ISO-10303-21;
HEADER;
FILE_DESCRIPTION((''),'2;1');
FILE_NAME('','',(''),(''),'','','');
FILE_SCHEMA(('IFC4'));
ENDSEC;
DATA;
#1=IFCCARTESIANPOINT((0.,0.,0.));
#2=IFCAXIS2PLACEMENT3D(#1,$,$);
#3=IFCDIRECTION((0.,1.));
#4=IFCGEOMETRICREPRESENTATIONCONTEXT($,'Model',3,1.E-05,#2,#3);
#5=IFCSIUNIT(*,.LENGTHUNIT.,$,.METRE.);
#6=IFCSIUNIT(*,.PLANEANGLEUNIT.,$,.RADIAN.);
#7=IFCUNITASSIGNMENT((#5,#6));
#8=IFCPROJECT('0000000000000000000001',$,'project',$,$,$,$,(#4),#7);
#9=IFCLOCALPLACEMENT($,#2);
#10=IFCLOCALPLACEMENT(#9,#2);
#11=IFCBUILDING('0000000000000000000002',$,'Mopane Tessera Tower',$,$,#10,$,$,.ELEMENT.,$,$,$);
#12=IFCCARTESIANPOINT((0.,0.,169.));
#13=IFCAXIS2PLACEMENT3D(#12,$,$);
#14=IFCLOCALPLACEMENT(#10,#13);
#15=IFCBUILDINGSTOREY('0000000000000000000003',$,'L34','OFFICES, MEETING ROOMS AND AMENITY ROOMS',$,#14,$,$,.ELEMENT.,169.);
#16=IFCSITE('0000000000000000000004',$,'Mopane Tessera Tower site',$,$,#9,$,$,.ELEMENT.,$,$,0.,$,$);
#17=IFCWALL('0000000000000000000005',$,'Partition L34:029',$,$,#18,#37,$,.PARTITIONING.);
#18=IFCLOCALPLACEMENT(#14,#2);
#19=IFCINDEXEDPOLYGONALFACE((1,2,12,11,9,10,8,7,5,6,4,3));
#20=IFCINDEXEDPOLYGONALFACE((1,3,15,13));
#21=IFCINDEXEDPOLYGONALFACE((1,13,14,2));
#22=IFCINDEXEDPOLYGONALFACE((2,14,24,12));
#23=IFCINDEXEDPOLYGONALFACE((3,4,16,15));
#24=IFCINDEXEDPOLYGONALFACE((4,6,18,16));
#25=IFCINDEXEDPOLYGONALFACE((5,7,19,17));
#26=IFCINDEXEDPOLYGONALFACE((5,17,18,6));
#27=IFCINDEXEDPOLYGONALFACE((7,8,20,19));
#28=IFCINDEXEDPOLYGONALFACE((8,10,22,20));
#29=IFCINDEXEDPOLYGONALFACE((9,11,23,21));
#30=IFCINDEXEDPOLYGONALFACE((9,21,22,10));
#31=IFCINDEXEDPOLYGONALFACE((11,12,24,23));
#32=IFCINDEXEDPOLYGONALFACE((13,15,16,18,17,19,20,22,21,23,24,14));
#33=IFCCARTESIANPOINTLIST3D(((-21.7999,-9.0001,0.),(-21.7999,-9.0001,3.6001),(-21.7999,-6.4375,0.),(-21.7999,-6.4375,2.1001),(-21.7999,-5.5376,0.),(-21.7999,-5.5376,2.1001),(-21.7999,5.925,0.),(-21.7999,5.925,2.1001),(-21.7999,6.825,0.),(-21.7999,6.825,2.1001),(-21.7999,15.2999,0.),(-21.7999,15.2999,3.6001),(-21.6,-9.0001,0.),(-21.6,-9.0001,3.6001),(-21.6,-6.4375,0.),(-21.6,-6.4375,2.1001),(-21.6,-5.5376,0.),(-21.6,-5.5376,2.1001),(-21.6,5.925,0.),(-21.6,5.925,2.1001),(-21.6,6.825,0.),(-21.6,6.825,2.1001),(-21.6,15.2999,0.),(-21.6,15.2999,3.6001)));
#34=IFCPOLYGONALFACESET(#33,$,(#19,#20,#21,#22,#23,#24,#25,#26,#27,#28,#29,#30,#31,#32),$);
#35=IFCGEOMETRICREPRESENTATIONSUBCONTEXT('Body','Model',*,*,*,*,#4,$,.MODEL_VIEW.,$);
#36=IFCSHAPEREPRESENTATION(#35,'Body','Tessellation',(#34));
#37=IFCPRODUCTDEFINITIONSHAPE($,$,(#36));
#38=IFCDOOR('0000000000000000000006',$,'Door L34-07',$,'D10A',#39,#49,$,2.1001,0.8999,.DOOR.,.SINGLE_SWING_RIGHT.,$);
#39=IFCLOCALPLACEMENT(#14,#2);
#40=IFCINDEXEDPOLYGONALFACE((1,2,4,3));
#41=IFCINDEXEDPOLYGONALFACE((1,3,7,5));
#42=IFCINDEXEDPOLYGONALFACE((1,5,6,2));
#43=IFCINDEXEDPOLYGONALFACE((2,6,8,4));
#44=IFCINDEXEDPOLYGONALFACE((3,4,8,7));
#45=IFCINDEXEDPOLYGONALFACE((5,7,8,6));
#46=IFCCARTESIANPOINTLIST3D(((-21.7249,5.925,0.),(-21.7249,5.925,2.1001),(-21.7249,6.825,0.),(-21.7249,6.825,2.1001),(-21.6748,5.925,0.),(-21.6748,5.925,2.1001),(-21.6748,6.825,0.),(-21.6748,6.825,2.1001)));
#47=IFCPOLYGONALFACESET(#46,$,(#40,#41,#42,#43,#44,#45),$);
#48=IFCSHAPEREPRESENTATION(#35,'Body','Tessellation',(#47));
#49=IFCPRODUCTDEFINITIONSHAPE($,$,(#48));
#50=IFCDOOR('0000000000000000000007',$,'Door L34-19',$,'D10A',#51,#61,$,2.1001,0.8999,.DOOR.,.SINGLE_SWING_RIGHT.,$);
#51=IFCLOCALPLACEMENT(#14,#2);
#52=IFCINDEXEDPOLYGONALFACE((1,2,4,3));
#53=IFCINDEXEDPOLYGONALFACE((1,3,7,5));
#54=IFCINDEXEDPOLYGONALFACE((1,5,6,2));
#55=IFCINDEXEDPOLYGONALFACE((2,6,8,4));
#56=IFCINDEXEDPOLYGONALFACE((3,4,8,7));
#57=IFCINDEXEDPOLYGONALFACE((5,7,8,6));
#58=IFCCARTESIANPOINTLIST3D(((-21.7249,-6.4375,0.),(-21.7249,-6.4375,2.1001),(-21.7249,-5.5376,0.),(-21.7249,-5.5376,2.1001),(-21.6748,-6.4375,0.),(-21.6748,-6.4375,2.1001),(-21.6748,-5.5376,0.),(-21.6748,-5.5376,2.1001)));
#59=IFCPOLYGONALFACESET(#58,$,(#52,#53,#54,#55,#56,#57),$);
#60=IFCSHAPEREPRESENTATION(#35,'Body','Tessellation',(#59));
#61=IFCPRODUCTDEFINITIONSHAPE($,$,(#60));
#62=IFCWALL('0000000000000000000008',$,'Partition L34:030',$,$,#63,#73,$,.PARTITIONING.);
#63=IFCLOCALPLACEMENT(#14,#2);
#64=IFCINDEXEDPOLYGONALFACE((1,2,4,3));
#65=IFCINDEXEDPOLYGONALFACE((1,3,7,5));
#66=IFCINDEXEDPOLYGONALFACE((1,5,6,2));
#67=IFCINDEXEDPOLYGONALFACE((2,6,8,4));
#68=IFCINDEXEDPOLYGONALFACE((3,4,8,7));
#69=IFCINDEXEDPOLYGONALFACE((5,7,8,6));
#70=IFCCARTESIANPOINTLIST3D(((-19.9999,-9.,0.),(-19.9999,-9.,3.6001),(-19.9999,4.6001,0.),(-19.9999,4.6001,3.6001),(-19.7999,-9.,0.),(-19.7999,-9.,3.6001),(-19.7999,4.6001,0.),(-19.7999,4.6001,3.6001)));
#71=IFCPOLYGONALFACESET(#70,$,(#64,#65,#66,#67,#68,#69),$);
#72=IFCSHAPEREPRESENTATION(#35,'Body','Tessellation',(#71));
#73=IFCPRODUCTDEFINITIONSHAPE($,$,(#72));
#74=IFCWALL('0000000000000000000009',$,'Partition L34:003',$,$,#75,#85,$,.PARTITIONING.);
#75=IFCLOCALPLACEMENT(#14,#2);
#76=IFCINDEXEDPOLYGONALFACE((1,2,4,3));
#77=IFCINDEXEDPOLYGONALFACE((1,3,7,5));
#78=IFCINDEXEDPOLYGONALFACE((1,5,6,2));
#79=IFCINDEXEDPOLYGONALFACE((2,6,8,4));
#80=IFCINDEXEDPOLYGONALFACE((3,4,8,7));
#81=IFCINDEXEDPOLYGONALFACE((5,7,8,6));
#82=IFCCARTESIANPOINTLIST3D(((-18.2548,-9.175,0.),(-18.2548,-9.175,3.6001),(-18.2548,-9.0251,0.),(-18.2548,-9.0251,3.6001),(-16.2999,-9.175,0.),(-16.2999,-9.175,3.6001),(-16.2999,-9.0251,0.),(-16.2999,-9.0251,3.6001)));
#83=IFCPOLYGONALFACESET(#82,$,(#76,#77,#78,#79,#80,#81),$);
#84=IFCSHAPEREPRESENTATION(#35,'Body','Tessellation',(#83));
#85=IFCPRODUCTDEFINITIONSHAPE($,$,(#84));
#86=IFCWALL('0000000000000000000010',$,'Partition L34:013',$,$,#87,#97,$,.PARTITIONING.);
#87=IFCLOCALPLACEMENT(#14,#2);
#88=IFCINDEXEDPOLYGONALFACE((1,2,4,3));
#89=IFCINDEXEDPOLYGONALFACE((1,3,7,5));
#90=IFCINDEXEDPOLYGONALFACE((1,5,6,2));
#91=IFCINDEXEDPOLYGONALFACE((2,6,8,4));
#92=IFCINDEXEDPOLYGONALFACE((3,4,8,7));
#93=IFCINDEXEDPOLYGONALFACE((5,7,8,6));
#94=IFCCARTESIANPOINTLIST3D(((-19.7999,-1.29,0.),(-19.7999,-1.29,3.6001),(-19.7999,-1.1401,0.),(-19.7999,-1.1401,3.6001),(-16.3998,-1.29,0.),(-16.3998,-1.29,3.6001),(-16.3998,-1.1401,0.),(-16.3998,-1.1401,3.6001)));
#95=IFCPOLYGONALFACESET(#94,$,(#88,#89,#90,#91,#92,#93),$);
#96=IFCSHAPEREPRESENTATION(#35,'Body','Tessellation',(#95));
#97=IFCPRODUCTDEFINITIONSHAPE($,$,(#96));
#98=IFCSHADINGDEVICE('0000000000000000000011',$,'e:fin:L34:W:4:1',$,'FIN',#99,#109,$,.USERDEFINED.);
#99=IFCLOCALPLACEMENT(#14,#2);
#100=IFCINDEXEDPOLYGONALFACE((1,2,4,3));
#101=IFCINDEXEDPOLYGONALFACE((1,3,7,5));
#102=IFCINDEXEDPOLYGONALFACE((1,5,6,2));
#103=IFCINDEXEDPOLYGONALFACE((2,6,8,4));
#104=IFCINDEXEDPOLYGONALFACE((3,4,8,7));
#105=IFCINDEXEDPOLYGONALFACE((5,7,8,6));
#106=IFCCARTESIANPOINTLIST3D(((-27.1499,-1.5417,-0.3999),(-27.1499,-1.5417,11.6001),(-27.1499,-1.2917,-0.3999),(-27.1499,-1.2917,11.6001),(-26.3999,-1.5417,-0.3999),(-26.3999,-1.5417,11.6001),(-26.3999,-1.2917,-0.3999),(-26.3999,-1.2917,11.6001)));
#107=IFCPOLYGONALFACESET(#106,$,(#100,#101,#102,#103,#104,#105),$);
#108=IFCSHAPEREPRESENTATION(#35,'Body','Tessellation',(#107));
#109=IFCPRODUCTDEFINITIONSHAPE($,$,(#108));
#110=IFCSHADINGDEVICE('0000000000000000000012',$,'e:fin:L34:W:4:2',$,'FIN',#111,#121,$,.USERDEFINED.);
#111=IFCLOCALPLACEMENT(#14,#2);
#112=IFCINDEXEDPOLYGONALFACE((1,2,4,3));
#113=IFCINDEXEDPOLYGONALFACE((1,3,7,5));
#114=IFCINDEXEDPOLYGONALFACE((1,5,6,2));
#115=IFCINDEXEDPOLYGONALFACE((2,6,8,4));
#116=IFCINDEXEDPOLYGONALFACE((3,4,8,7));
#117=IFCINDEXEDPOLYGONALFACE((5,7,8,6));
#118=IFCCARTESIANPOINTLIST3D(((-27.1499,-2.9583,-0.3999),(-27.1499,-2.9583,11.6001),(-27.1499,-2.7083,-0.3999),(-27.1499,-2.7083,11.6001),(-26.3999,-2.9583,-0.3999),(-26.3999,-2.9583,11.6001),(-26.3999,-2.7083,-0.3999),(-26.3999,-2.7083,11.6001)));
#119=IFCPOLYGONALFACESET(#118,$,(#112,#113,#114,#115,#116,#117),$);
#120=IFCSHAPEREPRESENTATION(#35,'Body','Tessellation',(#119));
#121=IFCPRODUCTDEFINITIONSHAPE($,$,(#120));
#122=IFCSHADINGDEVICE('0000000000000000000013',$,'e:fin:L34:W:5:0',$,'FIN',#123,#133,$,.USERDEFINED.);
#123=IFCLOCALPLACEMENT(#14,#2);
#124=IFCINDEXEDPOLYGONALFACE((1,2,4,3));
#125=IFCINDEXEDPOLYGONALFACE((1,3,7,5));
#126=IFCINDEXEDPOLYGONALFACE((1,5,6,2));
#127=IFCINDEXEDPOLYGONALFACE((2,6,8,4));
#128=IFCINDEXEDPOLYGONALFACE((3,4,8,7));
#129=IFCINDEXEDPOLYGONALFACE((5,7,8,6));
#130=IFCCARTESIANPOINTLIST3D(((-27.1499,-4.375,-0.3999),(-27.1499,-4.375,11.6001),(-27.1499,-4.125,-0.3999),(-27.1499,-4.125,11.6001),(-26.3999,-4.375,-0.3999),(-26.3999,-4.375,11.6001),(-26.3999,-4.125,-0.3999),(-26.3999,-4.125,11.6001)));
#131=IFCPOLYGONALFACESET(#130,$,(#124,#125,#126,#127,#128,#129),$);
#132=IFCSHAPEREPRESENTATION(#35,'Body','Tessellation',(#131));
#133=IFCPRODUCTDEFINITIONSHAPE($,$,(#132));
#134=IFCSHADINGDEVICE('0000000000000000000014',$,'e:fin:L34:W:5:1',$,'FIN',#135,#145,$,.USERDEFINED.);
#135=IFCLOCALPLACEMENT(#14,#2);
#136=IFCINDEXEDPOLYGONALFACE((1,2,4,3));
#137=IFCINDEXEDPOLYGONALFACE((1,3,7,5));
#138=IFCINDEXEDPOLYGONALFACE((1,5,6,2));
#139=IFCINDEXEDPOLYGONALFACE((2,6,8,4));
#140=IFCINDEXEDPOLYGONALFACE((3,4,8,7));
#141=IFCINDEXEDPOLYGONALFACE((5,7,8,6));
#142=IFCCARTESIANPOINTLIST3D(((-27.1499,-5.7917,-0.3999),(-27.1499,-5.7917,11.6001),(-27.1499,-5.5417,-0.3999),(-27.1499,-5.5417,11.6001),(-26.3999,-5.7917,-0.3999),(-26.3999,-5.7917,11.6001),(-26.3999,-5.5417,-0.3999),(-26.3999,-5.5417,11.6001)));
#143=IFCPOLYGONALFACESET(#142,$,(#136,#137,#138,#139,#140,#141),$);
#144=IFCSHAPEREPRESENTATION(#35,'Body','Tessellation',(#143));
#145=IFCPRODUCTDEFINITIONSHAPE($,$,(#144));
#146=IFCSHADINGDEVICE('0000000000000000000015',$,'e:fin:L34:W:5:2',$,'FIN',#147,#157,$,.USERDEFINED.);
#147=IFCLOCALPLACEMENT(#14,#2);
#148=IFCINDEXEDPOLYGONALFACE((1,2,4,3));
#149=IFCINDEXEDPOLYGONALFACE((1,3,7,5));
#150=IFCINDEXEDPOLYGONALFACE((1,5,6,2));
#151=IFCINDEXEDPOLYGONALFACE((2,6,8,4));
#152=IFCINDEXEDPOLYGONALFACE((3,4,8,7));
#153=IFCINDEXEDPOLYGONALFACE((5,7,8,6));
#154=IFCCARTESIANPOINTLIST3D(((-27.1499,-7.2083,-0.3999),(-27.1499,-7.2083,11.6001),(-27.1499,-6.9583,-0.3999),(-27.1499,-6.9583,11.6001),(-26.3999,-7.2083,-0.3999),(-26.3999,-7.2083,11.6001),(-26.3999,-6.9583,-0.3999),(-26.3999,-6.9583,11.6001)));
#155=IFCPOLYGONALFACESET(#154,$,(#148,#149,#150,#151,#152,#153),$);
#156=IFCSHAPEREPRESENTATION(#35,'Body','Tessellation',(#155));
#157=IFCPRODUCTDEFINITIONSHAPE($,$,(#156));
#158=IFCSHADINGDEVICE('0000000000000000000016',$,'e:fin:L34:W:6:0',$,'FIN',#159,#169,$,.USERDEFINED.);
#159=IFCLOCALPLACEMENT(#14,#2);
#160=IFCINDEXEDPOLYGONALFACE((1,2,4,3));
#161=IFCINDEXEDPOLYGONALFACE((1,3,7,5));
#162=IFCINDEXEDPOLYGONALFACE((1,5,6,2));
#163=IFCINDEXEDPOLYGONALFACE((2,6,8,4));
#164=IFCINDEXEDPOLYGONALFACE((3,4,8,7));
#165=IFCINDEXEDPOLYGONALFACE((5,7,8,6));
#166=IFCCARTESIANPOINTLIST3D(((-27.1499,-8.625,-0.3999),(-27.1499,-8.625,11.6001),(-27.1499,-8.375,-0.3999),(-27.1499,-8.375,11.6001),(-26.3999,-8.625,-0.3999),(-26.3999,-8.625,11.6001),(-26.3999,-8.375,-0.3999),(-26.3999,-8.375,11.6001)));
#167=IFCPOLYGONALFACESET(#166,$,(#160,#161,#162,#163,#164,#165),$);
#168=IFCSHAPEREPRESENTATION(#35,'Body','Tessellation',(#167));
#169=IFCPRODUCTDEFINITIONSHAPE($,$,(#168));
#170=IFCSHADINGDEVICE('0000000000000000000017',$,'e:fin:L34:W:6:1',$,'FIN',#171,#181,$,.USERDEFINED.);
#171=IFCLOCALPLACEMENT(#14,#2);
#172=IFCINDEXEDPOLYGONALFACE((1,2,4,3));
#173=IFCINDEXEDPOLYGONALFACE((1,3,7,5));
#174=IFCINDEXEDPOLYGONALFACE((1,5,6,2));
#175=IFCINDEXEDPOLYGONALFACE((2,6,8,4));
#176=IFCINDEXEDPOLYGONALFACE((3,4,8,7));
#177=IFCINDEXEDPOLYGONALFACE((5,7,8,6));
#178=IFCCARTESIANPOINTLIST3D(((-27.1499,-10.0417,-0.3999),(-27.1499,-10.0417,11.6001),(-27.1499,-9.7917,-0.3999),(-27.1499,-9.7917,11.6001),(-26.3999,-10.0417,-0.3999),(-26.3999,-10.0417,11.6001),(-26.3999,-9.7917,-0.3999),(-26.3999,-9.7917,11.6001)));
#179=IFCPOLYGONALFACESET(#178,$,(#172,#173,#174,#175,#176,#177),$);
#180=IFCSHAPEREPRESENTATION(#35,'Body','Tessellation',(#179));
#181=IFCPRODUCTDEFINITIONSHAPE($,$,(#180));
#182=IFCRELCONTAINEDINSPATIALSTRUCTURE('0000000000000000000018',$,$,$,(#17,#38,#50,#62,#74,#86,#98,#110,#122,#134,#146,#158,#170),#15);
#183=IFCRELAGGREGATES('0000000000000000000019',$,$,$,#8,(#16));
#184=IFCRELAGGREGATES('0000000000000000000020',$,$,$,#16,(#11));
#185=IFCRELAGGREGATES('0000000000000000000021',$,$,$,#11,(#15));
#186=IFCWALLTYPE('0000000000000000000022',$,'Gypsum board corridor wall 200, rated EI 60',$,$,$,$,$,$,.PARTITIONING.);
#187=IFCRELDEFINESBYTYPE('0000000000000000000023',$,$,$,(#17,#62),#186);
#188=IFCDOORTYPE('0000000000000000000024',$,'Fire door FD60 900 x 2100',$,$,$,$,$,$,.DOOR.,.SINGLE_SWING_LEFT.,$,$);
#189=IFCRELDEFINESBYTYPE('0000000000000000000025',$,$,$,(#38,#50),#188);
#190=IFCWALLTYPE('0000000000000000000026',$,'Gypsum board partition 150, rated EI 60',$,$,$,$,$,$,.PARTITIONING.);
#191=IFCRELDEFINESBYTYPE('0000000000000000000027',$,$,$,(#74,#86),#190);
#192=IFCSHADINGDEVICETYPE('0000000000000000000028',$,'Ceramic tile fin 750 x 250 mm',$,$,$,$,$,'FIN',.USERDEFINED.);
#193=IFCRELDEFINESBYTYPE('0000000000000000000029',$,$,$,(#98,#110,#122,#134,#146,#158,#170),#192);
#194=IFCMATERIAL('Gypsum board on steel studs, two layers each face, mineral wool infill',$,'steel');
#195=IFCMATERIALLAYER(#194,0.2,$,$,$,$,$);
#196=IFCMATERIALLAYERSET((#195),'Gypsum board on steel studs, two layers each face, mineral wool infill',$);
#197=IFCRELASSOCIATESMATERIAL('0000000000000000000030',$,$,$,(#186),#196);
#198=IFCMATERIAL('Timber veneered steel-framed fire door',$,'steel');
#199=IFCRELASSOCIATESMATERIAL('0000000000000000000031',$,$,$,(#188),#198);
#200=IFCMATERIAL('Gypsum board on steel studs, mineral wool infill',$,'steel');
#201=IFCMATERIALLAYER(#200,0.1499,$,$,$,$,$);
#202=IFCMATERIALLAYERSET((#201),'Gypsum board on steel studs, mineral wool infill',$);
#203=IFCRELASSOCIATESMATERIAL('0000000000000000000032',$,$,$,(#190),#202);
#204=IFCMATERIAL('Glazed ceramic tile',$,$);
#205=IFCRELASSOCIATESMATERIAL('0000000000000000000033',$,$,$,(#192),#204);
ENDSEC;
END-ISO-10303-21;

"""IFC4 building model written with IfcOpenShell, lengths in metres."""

from ifc_helpers import new_model, si_unit, direction, frame, frame_2d, origin, origin_2d, place, context, subcontext, project, spatial, rectangle, extrude, material, layer, layer_set, type_object, element, fill, save


model = new_model("IFC4")

# Units and contexts
model_context = context("Model", 3, precision=1e-05, world=origin(), true_north=direction((0.0, 1.0)))
body_context = subcontext(model_context, "Body", "Model", "MODEL_VIEW")
ifc_project = project(units=[si_unit("LENGTHUNIT", "METRE"), si_unit("PLANEANGLEUNIT", "RADIAN")], contexts=[model_context])

# Site, building, storey
site_placement = place(None, origin())
site = spatial("IfcSite", under=ifc_project, at=site_placement, Name="Mopane Tessera Tower site", CompositionType="ELEMENT", RefElevation=0.0)
building_placement = place(site_placement, origin())
building = spatial("IfcBuilding", under=site, at=building_placement, Name="Mopane Tessera Tower", CompositionType="ELEMENT")
storey_placement = place(building_placement, frame((0.0, 0.0, 169.0)))
storey = spatial("IfcBuildingStorey", under=building, at=storey_placement, Name="L34", Description="OFFICES, MEETING ROOMS AND AMENITY ROOMS", CompositionType="ELEMENT", Elevation=169.0)

# Shared definitions
ifc_material_1 = material(Name="Gypsum board on steel studs, two layers each face, mineral wool infill", Category="steel")
ifc_layer_1 = layer(ifc_material_1, 0.2)
ifc_layer_set_1 = layer_set([ifc_layer_1], Name="Gypsum board on steel studs, two layers each face, mineral wool infill")
wall_type_1 = type_object("IfcWallType", Name="Gypsum board corridor wall 200, rated EI 60", PredefinedType="PARTITIONING", material=ifc_layer_set_1)

# Wall, openings, doors
wall_1_placement = place(storey_placement, frame((-21.7, -9.0, 0.0), z_axis=(0.0, 0.0, 1.0), x_axis=(0.0, 1.0, 0.0)))
wall_1 = element("IfcWall", 1, at=wall_1_placement, inside=storey, type_object=wall_type_1, Name="Partition L34:029", PredefinedType="PARTITIONING", context=body_context, shape_type="SweptSolid", body=[
    extrude(rectangle(XDim=24.3, YDim=0.2, at=frame_2d((12.1499, 0.0))), origin(), (0.0, 0.0, 1.0), 3.6001),
])
opening_1_placement = place(wall_1_placement, frame((14.925, 0.0, 0.0)))
opening_1 = element("IfcOpeningElement", 2, at=opening_1_placement, cuts=wall_1, PredefinedType="OPENING", context=body_context, shape_type="SweptSolid", body=[
    extrude(rectangle(XDim=0.8999, YDim=2.1001, at=frame_2d((0.45, 1.05))), frame((0.0, 0.1121, 0.0), z_axis=(0.0, -1.0, 0.0), x_axis=(1.0, 0.0, 0.0)), (0.0, 0.0, 1.0), 0.2239),
])
opening_2_placement = place(wall_1_placement, frame((2.5625, 0.0, 0.0)))
opening_2 = element("IfcOpeningElement", 3, at=opening_2_placement, cuts=wall_1, PredefinedType="OPENING", context=body_context, shape_type="SweptSolid", body=[
    extrude(rectangle(XDim=0.8999, YDim=2.1001, at=frame_2d((0.45, 1.05))), frame((0.0, 0.1121, 0.0), z_axis=(0.0, -1.0, 0.0), x_axis=(1.0, 0.0, 0.0)), (0.0, 0.0, 1.0), 0.2239),
])
ifc_material_2 = material(Name="Timber veneered steel-framed fire door", Category="steel")
door_type = type_object("IfcDoorType", Name="Fire door FD60 900 x 2100", OperationType="SINGLE_SWING_LEFT", PredefinedType="DOOR", material=ifc_material_2)
door_1_placement = place(opening_1_placement, origin())
door_1 = element("IfcDoor", 4, at=door_1_placement, inside=storey, type_object=door_type, Name="Door L34-07", ObjectType="D10A", OperationType="SINGLE_SWING_RIGHT", OverallHeight=2.1001, OverallWidth=0.8999, PredefinedType="DOOR", context=body_context, shape_type="SweptSolid", body=[
    extrude(rectangle(XDim=0.8999, YDim=2.1001, at=frame_2d((0.45, 1.05))), frame((0.0, 0.0249, 0.0), z_axis=(0.0, -1.0, 0.0), x_axis=(1.0, 0.0, 0.0)), (0.0, 0.0, 1.0), 0.05),
])
fill(opening_1, door_1)
door_2_placement = place(opening_2_placement, origin())
door_2 = element("IfcDoor", 5, at=door_2_placement, inside=storey, type_object=door_type, Name="Door L34-19", ObjectType="D10A", OperationType="SINGLE_SWING_RIGHT", OverallHeight=2.1001, OverallWidth=0.8999, PredefinedType="DOOR", context=body_context, shape_type="SweptSolid", body=[
    extrude(rectangle(XDim=0.8999, YDim=2.1001, at=frame_2d((0.45, 1.05))), frame((0.0, 0.0249, 0.0), z_axis=(0.0, -1.0, 0.0), x_axis=(1.0, 0.0, 0.0)), (0.0, 0.0, 1.0), 0.05),
])
fill(opening_2, door_2)

# Walls
wall_2_placement = place(storey_placement, frame((-19.8999, -9.0, 0.0), z_axis=(0.0, 0.0, 1.0), x_axis=(0.0, 1.0, 0.0)))
element("IfcWall", 6, at=wall_2_placement, inside=storey, type_object=wall_type_1, Name="Partition L34:030", PredefinedType="PARTITIONING", context=body_context, shape_type="SweptSolid", body=[
    extrude(rectangle(XDim=13.6001, YDim=0.2, at=frame_2d((6.8, 0.0))), origin(), (0.0, 0.0, 1.0), 3.6001),
])
ifc_material_3 = material(Name="Gypsum board on steel studs, mineral wool infill", Category="steel")
ifc_layer_2 = layer(ifc_material_3, 0.1499)
ifc_layer_set_2 = layer_set([ifc_layer_2], Name="Gypsum board on steel studs, mineral wool infill")
wall_type_2 = type_object("IfcWallType", Name="Gypsum board partition 150, rated EI 60", PredefinedType="PARTITIONING", material=ifc_layer_set_2)
wall_3_placement = place(storey_placement, frame((-18.2549, -9.1001, 0.0), z_axis=(0.0, 0.0, 1.0), x_axis=(1.0, 0.0, 0.0)))
element("IfcWall", 7, at=wall_3_placement, inside=storey, type_object=wall_type_2, Name="Partition L34:003", PredefinedType="PARTITIONING", context=body_context, shape_type="SweptSolid", body=[
    extrude(rectangle(XDim=1.9548, YDim=0.1499, at=frame_2d((0.9775, 0.0))), origin(), (0.0, 0.0, 1.0), 3.6001),
])
wall_4_placement = place(storey_placement, frame((-19.8, -1.2151, 0.0), z_axis=(0.0, 0.0, 1.0), x_axis=(1.0, 0.0, 0.0)))
element("IfcWall", 8, at=wall_4_placement, inside=storey, type_object=wall_type_2, Name="Partition L34:013", PredefinedType="PARTITIONING", context=body_context, shape_type="SweptSolid", body=[
    extrude(rectangle(XDim=3.4001, YDim=0.1499, at=frame_2d((1.7002, 0.0))), origin(), (0.0, 0.0, 1.0), 3.6001),
])

# Shading devices
ifc_material_4 = material(Name="Glazed ceramic tile")
shading_device_type = type_object("IfcShadingDeviceType", Name="Ceramic tile fin 750 x 250 mm", ElementType="FIN", PredefinedType="USERDEFINED", material=ifc_material_4)
for number, where, z_axis, x_axis, name in (
    (9, (-26.7749, -1.4167, -0.3999), (0.0, 0.0, 1.0), (0.0, -1.0, 0.0), "e:fin:L34:W:4:1"),
    (10, (-26.7749, -2.8333, -0.3999), (0.0, 0.0, 1.0), (0.0, -1.0, 0.0), "e:fin:L34:W:4:2"),
    (11, (-26.7749, -4.25, -0.3999), (0.0, 0.0, 1.0), (0.0, -1.0, 0.0), "e:fin:L34:W:5:0"),
    (12, (-26.7749, -5.6667, -0.3999), (0.0, 0.0, 1.0), (0.0, -1.0, 0.0), "e:fin:L34:W:5:1"),
    (13, (-26.7749, -7.0833, -0.3999), (0.0, 0.0, 1.0), (0.0, -1.0, 0.0), "e:fin:L34:W:5:2"),
    (14, (-26.7749, -8.5, -0.3999), (0.0, 0.0, 1.0), (0.0, -1.0, 0.0), "e:fin:L34:W:6:0"),
    (15, (-26.7749, -9.9167, -0.3999), (0.0, 0.0, 1.0), (0.0, -1.0, 0.0), "e:fin:L34:W:6:1"),
):
    element("IfcShadingDevice", number, at=place(storey_placement, frame(where, z_axis=z_axis, x_axis=x_axis)), inside=storey, type_object=shading_device_type, Name=name, ObjectType="FIN", PredefinedType="USERDEFINED", context=body_context, shape_type="SweptSolid", body=[
        extrude(rectangle(XDim=0.25, YDim=0.75, at=origin_2d()), origin(), (0.0, 0.0, 1.0), 12.0),
    ])

save(model, "model.ifc")
